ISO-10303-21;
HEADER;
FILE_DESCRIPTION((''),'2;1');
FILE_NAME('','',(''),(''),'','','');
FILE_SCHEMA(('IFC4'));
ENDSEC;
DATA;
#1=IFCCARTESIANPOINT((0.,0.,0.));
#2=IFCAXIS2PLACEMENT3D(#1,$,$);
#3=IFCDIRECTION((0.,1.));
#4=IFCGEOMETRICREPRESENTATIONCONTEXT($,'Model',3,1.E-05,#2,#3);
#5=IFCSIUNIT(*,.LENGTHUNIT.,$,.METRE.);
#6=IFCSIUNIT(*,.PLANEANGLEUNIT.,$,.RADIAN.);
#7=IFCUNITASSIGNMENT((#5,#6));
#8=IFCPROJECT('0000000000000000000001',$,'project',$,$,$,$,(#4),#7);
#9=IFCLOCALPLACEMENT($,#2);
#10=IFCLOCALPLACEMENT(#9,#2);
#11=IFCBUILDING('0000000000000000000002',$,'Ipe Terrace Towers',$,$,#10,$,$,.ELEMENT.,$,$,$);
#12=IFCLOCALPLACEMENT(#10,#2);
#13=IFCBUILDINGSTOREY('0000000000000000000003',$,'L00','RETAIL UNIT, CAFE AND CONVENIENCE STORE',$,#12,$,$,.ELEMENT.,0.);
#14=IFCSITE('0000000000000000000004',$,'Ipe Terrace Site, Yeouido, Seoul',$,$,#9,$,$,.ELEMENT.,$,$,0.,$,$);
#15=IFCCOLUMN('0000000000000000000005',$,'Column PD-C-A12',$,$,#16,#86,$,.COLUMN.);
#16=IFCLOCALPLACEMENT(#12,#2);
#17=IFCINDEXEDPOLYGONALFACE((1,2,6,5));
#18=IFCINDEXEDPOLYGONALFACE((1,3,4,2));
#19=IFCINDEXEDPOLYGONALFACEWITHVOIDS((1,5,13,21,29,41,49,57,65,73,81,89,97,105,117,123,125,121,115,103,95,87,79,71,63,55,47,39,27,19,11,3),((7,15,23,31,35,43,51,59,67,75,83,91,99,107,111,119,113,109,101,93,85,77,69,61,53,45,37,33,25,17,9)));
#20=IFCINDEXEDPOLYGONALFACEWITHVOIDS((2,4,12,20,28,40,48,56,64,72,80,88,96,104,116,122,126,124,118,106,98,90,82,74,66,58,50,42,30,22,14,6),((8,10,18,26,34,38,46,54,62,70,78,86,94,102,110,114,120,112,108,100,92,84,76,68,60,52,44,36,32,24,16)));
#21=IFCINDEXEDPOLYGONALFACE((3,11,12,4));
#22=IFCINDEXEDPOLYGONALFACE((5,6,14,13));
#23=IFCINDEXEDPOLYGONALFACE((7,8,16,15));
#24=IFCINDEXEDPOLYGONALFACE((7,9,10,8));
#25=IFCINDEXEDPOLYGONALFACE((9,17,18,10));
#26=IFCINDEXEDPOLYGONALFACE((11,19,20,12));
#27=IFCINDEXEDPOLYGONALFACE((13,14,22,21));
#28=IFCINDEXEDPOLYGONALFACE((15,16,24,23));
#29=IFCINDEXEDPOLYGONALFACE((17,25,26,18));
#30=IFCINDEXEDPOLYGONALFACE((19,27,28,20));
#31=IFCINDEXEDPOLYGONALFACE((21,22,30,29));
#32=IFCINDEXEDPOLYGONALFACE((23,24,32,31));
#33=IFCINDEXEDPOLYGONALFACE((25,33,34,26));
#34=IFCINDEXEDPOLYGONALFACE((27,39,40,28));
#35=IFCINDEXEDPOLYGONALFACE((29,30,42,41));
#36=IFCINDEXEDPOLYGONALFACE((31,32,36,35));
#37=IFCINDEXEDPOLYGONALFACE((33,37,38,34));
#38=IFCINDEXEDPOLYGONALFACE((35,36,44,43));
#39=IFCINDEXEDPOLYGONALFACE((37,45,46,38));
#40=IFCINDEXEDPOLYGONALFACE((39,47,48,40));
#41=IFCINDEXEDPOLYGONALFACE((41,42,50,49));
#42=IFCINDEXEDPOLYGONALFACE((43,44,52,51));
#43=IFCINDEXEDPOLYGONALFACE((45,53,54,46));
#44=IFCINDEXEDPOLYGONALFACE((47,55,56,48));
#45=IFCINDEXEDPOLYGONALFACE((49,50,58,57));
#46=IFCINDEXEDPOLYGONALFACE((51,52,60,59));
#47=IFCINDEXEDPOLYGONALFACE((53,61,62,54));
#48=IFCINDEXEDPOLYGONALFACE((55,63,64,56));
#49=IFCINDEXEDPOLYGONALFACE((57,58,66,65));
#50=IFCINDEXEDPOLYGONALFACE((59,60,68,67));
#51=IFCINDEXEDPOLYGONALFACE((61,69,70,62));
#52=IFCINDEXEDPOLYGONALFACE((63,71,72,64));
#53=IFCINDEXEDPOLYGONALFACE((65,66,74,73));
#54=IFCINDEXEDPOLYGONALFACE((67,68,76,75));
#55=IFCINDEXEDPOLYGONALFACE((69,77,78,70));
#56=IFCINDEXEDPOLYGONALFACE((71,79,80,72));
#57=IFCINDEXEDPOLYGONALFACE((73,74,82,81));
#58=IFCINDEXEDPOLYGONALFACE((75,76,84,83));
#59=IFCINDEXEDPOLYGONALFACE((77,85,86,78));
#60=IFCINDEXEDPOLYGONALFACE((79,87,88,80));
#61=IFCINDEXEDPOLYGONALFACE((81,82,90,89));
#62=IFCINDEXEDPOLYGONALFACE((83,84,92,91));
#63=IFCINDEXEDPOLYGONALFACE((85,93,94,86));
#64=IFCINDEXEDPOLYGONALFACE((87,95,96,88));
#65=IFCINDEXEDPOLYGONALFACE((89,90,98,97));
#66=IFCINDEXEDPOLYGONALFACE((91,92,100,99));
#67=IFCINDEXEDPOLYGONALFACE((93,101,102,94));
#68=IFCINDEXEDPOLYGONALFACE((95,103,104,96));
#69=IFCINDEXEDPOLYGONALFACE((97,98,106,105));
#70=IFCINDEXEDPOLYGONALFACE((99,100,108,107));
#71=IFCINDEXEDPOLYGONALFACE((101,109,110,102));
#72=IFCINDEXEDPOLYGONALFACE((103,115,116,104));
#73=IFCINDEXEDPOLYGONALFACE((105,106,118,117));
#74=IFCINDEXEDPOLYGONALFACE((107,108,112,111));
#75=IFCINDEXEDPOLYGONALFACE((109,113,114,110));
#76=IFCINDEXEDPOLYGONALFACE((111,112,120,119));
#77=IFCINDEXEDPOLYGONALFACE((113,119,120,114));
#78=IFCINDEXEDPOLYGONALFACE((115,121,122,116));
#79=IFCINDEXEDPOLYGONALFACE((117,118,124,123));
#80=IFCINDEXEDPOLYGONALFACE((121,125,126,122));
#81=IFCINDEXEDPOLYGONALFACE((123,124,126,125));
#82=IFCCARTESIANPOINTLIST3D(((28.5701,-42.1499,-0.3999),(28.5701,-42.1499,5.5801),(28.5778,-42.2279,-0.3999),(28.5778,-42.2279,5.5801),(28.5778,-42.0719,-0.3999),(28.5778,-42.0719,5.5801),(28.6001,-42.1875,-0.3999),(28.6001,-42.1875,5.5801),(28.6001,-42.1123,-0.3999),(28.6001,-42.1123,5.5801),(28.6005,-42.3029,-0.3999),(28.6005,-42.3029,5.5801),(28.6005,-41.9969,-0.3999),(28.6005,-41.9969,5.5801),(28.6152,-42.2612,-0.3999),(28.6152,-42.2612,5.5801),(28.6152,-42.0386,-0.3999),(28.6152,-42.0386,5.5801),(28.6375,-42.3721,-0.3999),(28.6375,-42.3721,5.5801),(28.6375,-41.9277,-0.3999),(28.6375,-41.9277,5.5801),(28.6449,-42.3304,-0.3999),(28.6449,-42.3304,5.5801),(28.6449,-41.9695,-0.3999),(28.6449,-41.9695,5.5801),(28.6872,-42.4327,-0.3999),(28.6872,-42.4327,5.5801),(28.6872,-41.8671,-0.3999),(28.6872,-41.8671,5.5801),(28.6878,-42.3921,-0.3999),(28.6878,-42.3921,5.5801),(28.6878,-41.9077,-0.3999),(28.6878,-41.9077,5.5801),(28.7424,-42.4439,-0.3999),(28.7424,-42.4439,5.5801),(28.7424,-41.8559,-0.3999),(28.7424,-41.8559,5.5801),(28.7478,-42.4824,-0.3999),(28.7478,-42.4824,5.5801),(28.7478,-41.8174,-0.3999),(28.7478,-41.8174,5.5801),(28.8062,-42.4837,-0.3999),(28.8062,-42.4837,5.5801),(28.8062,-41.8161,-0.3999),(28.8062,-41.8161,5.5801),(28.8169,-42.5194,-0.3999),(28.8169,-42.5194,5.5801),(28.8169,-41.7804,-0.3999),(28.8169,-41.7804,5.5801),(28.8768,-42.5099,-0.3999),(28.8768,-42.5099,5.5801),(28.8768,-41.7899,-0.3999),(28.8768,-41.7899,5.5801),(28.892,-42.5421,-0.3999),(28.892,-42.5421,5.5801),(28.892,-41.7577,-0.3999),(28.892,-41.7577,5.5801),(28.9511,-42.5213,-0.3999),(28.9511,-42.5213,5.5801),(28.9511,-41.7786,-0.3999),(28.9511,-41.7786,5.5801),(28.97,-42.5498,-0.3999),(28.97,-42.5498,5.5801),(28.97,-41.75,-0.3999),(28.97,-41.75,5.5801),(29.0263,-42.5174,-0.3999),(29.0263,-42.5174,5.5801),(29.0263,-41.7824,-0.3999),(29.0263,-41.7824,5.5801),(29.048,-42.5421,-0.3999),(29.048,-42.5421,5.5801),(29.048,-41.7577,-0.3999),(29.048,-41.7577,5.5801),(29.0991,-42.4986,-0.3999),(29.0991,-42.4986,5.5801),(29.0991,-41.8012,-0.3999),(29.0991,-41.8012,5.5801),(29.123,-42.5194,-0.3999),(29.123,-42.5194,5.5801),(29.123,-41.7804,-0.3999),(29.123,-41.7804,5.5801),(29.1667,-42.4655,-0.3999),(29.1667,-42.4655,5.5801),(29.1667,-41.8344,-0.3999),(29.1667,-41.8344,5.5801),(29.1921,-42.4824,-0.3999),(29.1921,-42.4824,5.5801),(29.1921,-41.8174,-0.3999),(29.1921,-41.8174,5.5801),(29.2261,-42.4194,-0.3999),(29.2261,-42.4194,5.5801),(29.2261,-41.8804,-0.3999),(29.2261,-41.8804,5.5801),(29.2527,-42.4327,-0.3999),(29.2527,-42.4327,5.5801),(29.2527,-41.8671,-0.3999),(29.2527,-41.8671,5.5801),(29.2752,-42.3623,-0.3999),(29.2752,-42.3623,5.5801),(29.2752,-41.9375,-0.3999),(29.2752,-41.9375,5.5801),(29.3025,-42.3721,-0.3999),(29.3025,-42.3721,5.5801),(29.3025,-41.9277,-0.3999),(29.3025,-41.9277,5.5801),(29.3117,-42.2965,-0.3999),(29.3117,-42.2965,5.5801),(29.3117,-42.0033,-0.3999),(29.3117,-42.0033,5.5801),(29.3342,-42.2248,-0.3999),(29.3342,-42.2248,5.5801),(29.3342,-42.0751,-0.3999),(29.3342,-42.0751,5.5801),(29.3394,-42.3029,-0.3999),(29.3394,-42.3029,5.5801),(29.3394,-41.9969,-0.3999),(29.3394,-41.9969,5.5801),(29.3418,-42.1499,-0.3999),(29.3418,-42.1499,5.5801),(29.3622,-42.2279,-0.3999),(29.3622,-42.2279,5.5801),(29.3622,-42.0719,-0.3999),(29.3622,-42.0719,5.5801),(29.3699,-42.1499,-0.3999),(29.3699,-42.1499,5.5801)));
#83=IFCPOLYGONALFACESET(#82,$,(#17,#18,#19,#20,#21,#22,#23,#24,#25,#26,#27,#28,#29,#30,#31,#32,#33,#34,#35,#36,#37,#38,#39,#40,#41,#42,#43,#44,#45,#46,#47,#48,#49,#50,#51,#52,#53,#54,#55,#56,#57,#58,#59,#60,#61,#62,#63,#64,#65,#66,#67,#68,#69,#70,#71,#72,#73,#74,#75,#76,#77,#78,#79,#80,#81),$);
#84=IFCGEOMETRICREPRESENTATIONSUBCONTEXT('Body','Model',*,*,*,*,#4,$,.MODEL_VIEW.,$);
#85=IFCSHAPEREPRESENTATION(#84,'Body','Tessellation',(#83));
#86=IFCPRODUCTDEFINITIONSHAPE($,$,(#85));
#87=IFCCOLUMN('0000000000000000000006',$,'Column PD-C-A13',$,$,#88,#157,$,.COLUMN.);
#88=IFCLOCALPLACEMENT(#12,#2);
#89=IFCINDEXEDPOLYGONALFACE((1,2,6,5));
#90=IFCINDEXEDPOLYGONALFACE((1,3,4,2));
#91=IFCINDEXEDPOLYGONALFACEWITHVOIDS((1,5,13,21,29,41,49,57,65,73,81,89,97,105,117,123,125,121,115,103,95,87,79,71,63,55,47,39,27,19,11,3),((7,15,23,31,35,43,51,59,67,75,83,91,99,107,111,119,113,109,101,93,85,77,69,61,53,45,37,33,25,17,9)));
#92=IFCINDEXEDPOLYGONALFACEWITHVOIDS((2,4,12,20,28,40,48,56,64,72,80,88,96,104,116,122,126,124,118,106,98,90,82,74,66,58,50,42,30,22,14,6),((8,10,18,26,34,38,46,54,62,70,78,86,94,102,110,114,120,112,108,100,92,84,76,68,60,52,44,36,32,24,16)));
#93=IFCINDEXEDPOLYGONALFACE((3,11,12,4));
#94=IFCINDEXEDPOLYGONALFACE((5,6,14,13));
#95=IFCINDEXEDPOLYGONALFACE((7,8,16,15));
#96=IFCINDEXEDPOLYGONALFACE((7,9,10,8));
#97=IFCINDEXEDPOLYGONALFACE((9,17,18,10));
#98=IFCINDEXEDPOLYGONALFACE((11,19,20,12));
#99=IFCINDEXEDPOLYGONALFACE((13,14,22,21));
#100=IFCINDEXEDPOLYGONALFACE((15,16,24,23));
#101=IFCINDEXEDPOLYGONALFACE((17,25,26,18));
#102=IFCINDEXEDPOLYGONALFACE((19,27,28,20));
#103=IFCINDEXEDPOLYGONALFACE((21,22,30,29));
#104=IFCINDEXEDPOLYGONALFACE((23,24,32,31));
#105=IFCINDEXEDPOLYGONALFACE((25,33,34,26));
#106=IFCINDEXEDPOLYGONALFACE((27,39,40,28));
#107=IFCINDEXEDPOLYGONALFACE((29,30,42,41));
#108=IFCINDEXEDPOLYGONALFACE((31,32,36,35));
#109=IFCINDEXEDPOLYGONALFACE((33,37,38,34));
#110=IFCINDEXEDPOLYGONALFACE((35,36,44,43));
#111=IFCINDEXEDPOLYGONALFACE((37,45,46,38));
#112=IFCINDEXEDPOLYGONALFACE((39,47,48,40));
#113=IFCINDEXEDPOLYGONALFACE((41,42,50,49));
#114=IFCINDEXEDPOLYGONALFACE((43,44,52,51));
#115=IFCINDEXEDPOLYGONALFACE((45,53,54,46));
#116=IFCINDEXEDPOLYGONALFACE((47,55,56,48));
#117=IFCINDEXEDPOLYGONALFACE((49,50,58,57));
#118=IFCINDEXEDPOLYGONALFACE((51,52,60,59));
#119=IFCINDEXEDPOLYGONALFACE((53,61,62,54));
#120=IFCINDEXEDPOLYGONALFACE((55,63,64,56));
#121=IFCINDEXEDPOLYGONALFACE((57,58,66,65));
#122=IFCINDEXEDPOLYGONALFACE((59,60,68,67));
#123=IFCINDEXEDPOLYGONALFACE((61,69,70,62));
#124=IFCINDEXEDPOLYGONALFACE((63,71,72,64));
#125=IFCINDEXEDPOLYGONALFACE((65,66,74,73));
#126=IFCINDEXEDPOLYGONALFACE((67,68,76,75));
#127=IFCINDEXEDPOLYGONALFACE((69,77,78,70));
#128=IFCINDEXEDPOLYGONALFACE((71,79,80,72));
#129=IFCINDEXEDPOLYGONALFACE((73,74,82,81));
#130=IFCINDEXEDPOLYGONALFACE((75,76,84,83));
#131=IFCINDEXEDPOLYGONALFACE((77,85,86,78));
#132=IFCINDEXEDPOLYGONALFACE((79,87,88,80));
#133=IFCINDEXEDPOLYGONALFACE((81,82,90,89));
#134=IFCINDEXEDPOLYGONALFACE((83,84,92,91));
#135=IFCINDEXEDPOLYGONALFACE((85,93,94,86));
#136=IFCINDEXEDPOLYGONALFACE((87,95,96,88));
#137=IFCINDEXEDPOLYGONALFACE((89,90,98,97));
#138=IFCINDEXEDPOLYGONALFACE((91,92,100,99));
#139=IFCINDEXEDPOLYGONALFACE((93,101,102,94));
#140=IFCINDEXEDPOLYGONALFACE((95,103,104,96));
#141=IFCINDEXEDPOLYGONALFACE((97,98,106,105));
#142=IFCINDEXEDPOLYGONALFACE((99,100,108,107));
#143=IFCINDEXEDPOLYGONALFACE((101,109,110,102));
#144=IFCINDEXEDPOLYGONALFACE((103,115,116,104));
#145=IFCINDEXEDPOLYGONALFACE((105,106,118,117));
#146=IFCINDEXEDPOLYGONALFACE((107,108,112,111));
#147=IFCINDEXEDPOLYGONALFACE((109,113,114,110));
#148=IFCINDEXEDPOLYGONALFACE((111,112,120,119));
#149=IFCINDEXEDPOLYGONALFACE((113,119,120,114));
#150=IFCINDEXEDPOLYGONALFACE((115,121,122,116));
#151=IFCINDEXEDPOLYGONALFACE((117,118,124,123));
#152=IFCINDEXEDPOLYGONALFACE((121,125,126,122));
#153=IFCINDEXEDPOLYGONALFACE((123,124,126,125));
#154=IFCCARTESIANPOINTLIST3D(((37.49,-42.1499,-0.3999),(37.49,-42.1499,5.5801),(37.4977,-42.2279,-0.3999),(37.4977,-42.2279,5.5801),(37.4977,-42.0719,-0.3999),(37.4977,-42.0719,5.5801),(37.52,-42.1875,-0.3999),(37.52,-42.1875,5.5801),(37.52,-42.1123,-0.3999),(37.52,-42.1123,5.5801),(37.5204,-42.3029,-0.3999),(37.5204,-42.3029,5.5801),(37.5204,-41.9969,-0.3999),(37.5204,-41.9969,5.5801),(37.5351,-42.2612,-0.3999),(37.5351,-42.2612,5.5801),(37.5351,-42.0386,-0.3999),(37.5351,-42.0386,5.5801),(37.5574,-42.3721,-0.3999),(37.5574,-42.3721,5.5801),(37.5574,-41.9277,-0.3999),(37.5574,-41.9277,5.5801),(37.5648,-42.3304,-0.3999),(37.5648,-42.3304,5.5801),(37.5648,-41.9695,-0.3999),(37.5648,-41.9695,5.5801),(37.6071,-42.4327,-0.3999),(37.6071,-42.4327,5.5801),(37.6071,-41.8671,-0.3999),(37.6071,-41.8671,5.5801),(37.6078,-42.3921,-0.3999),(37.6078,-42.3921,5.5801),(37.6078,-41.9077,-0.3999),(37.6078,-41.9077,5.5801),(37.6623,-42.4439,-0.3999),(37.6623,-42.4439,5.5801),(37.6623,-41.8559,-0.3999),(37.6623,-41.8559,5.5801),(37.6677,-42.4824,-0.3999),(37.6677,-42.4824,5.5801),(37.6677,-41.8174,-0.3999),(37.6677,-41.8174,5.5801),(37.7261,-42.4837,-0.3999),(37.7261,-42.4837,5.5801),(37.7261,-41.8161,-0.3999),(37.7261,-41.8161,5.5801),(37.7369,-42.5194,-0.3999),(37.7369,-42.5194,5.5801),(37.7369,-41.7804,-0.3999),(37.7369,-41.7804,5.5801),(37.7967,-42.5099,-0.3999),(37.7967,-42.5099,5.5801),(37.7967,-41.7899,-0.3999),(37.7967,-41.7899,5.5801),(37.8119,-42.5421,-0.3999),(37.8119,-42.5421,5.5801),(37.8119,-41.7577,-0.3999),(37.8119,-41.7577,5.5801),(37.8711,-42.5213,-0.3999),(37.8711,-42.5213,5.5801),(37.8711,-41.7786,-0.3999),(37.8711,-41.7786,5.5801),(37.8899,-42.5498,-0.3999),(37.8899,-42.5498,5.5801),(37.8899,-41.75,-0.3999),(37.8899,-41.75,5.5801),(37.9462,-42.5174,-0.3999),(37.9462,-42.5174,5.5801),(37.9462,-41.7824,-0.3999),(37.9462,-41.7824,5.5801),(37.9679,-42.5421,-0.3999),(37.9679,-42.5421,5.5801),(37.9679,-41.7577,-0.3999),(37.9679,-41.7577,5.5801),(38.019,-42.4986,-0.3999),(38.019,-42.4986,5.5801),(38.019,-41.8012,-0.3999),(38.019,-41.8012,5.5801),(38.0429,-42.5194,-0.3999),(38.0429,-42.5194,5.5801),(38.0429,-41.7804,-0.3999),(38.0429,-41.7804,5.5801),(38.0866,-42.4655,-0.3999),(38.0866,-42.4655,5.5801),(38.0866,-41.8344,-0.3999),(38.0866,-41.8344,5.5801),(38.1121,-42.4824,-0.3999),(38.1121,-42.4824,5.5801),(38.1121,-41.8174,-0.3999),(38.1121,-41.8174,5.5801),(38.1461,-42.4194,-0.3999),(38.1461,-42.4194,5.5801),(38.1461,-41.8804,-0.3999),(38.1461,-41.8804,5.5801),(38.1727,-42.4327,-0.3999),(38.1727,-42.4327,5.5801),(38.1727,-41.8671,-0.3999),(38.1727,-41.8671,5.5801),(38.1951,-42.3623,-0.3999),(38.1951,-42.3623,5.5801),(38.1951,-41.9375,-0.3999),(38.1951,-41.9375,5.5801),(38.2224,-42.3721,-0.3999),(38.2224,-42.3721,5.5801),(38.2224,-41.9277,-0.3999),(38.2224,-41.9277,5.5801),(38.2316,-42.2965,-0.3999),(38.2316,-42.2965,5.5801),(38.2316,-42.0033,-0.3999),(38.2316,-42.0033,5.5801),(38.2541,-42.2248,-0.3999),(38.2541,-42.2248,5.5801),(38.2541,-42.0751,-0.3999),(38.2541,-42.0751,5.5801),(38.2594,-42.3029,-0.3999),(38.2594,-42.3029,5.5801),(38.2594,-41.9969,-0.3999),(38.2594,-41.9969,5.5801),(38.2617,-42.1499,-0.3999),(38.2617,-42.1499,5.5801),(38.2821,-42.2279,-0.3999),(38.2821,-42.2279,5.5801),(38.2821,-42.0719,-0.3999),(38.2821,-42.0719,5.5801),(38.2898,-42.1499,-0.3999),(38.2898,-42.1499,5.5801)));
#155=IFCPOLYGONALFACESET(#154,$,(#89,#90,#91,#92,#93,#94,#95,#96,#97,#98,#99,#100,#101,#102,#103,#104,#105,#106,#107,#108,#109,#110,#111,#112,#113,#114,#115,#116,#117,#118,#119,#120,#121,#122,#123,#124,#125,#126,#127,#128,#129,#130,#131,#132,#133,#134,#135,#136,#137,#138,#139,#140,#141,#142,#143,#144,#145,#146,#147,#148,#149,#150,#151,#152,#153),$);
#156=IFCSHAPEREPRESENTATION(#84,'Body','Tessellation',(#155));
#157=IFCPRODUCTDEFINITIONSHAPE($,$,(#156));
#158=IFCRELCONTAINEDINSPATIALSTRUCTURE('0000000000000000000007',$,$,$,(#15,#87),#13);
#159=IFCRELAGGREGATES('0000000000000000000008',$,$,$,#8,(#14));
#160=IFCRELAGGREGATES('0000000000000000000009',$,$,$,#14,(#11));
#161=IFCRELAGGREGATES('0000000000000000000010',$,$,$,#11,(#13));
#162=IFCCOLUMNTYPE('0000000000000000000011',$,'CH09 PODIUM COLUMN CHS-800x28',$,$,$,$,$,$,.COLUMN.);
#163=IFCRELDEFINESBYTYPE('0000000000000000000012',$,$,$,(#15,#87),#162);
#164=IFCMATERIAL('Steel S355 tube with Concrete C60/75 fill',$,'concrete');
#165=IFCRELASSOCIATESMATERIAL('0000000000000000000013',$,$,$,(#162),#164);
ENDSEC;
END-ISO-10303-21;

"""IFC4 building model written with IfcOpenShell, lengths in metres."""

from ifc_helpers import new_model, si_unit, direction, frame, origin, origin_2d, place, context, subcontext, project, spatial, hollow_circle, extrude, material, material_profile, profile_set, type_object, element, save


model = new_model("IFC4")

# Units and contexts
model_context = context("Model", 3, precision=1e-05, world=origin(), true_north=direction((0.0, 1.0)))
body_context = subcontext(model_context, "Body", "Model", "MODEL_VIEW")
ifc_project = project(units=[si_unit("LENGTHUNIT", "METRE"), si_unit("PLANEANGLEUNIT", "RADIAN")], contexts=[model_context])

# Site, building, storey
site_placement = place(None, origin())
site = spatial("IfcSite", under=ifc_project, at=site_placement, Name="Ipe Terrace Site, Yeouido, Seoul", CompositionType="ELEMENT", RefElevation=0.0)
building_placement = place(site_placement, origin())
building = spatial("IfcBuilding", under=site, at=building_placement, Name="Ipe Terrace Towers", CompositionType="ELEMENT")
storey_placement = place(building_placement, origin())
storey = spatial("IfcBuildingStorey", under=building, at=storey_placement, Name="L00", Description="RETAIL UNIT, CAFE AND CONVENIENCE STORE", CompositionType="ELEMENT", Elevation=0.0)

# Columns
ifc_material_1 = material(Name="Steel S355 tube with Concrete C60/75 fill", Category="concrete")
ifc_material_profile_1 = material_profile(ifc_material_1, hollow_circle(Radius=0.3999, WallThickness=0.0281, at=origin_2d()), Name="CHS-800x28")
ifc_profile_set_1 = profile_set([ifc_material_profile_1], Name="Steel S355 tube with Concrete C60/75 fill")
column_type_1 = type_object("IfcColumnType", Name="CH09 PODIUM COLUMN CHS-800x28", PredefinedType="COLUMN", material=ifc_profile_set_1)
for number, where, z_axis, x_axis, name in (
    (1, (28.97, -42.1499, -0.3999), (0.0, 0.0, 1.0), (1.0, 0.0, 0.0), "Column PD-C-A12"),
    (2, (37.8899, -42.1499, -0.3999), (0.0, 0.0, 1.0), (1.0, 0.0, 0.0), "Column PD-C-A13"),
):
    element("IfcColumn", number, at=place(storey_placement, frame(where, z_axis=z_axis, x_axis=x_axis)), inside=storey, type_object=column_type_1, Name=name, PredefinedType="COLUMN", context=body_context, shape_type="SweptSolid", body=[
        extrude(hollow_circle(Radius=0.3999, WallThickness=0.0281, at=origin_2d()), origin(), (0.0, 0.0, 1.0), 5.98),
    ])

save(model, "model.ifc")
